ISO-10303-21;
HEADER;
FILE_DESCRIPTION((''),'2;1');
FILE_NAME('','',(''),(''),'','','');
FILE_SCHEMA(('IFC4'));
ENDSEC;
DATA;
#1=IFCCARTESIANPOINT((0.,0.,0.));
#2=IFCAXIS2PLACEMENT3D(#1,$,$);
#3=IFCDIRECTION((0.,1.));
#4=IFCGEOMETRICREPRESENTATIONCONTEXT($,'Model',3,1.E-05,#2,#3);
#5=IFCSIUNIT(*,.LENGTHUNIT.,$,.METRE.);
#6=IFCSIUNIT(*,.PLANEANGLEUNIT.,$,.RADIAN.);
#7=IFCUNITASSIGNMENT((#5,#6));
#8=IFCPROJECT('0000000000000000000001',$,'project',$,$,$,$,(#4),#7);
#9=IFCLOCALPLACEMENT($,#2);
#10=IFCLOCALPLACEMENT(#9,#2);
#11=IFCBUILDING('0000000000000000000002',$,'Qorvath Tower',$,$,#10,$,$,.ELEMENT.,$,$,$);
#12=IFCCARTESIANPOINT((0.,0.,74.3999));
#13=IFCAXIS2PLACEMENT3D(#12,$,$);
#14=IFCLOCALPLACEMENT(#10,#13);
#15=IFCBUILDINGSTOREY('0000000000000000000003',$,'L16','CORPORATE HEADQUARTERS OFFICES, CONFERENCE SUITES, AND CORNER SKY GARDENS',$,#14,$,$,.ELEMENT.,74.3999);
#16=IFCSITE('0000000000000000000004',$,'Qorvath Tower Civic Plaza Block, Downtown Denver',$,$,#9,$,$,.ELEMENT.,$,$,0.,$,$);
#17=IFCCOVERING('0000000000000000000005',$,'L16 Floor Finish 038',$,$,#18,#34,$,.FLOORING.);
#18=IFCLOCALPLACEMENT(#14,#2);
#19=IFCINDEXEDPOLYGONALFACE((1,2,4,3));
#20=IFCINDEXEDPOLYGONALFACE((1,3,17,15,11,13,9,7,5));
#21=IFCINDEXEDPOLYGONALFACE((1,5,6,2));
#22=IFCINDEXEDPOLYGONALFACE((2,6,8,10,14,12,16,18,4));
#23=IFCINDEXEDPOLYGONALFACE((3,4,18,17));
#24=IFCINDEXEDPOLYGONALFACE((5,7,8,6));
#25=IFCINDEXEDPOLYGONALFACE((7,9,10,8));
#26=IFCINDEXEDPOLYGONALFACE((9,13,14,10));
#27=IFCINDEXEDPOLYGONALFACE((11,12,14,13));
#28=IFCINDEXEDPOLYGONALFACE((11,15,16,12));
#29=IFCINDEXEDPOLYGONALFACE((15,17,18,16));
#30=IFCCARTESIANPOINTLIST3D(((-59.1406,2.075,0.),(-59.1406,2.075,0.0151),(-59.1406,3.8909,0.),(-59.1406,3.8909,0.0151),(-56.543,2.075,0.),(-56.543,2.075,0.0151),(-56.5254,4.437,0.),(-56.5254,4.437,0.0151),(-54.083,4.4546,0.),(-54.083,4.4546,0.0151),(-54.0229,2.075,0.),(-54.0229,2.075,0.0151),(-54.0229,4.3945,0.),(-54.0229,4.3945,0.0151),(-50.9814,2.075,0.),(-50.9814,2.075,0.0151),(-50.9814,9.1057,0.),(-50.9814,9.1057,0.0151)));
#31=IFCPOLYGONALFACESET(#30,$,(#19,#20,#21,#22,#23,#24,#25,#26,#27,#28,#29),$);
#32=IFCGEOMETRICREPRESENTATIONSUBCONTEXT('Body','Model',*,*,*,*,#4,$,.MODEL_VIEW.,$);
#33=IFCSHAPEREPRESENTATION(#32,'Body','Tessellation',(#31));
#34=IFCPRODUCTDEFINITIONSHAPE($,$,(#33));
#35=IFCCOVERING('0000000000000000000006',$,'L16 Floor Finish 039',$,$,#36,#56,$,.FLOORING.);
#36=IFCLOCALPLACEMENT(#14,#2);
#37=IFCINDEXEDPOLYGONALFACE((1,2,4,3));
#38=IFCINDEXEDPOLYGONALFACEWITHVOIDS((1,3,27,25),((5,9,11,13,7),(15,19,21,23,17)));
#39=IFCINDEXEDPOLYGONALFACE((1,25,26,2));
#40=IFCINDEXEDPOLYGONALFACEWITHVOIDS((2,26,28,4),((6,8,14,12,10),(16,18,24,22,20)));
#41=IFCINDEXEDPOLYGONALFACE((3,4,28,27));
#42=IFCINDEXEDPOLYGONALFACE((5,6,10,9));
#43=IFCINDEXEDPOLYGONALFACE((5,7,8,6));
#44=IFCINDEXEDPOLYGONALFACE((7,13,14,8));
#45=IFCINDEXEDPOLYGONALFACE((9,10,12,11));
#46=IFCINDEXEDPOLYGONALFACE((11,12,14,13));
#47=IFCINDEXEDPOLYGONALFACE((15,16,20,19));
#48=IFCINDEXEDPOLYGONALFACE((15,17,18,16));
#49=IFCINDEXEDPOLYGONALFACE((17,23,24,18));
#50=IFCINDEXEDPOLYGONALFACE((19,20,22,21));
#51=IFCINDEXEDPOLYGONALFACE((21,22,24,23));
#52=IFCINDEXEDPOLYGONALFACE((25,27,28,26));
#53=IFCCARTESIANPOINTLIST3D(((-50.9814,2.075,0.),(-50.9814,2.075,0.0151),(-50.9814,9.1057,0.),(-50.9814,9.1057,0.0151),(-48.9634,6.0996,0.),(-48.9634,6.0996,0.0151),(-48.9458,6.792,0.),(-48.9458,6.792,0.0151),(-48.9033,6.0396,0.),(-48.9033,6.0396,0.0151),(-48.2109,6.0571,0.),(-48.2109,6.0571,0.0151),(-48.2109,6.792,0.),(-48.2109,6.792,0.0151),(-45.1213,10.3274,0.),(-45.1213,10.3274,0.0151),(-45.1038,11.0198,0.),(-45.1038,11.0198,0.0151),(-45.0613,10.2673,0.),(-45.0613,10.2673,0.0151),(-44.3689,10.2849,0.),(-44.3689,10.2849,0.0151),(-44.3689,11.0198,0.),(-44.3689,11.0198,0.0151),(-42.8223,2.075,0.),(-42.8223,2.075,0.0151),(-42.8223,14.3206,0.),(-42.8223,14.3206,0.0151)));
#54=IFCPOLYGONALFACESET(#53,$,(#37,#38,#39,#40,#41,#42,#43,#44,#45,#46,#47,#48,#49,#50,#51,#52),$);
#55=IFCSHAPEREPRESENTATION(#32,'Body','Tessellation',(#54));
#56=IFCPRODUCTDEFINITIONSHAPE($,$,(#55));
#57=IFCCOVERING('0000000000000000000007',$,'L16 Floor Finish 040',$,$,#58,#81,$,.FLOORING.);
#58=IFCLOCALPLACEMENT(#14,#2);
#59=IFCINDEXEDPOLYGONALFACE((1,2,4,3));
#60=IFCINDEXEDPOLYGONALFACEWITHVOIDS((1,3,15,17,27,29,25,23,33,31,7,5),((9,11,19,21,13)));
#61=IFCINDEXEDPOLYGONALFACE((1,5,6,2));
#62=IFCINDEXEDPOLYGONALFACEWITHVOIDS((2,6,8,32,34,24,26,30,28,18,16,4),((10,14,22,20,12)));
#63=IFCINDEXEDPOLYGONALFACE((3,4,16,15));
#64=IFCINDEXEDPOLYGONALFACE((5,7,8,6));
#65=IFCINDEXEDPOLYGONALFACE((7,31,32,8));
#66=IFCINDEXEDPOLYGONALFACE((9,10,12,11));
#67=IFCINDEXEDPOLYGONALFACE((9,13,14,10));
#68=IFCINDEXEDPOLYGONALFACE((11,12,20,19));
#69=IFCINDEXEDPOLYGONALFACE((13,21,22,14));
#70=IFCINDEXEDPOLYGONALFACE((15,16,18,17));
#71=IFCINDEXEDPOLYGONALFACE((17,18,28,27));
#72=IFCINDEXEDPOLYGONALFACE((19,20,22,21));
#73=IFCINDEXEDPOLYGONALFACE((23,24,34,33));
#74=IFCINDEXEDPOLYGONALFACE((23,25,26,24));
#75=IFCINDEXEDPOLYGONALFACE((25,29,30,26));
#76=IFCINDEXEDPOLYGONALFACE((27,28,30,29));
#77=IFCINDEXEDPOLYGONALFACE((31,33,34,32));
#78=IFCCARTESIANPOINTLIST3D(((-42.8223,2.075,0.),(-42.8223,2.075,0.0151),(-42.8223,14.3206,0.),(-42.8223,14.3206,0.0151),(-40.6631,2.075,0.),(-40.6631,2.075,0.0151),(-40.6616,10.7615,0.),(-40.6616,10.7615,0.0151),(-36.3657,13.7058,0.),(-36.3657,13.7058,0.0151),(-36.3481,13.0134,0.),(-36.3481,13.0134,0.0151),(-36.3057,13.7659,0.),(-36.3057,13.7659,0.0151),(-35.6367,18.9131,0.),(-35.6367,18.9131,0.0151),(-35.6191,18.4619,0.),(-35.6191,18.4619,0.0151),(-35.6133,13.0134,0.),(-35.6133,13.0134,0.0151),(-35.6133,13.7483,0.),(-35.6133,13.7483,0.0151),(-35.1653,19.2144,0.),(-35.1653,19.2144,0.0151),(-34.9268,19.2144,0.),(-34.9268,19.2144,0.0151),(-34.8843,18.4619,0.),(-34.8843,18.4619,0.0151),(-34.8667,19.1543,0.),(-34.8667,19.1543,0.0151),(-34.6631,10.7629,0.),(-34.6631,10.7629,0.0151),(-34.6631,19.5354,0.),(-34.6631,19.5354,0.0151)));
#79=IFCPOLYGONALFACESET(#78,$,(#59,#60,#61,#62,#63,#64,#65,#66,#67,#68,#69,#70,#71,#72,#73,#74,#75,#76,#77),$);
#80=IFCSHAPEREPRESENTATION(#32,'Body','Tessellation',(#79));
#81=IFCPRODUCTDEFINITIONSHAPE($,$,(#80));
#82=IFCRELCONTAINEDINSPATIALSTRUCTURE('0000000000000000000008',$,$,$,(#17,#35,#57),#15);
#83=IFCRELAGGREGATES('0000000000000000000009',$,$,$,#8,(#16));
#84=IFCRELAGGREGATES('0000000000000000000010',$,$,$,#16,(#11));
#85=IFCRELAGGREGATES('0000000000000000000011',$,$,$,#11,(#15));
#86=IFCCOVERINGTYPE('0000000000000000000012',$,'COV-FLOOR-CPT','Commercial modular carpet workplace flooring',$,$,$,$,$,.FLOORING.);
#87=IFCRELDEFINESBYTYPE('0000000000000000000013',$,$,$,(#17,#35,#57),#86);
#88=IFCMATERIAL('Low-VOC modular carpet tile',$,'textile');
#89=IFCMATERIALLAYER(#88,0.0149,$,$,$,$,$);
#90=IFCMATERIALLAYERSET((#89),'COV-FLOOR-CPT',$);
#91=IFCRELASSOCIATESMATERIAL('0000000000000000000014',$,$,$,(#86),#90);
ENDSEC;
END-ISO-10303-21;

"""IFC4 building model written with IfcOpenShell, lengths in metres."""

from ifc_helpers import new_model, si_unit, direction, frame, origin, place, context, subcontext, project, spatial, polyline, outline, extrude, material, layer, layer_set, type_object, element, save


model = new_model("IFC4")

# Units and contexts
model_context = context("Model", 3, precision=1e-05, world=origin(), true_north=direction((0.0, 1.0)))
body_context = subcontext(model_context, "Body", "Model", "MODEL_VIEW")
ifc_project = project(units=[si_unit("LENGTHUNIT", "METRE"), si_unit("PLANEANGLEUNIT", "RADIAN")], contexts=[model_context])

# Site, building, storey
site_placement = place(None, origin())
site = spatial("IfcSite", under=ifc_project, at=site_placement, Name="Qorvath Tower Civic Plaza Block, Downtown Denver", CompositionType="ELEMENT", RefElevation=0.0)
building_placement = place(site_placement, origin())
building = spatial("IfcBuilding", under=site, at=building_placement, Name="Qorvath Tower", CompositionType="ELEMENT")
storey_placement = place(building_placement, frame((0.0, 0.0, 74.3999)))
storey = spatial("IfcBuildingStorey", under=building, at=storey_placement, Name="L16", Description="CORPORATE HEADQUARTERS OFFICES, CONFERENCE SUITES, AND CORNER SKY GARDENS", CompositionType="ELEMENT", Elevation=74.3999)

# Coverings
ifc_material_1 = material(Name="Low-VOC modular carpet tile", Category="textile")
ifc_layer_1 = layer(ifc_material_1, 0.0149)
ifc_layer_set_1 = layer_set([ifc_layer_1], Name="COV-FLOOR-CPT")
covering_type_1 = type_object("IfcCoveringType", Name="COV-FLOOR-CPT", Description="Commercial modular carpet workplace flooring", PredefinedType="FLOORING", material=ifc_layer_set_1)
covering_1_placement = place(storey_placement, origin())
element("IfcCovering", 1, at=covering_1_placement, inside=storey, type_object=covering_type_1, Name="L16 Floor Finish 038", PredefinedType="FLOORING", context=body_context, shape_type="SweptSolid", body=[
    extrude(outline(polyline([(-50.9814, 2.075), (-50.9814, 9.1057), (-59.1406, 3.8909), (-59.1406, 2.075), (-56.543, 2.075), (-56.5254, 4.437), (-54.083, 4.4546), (-54.0229, 4.3945), (-54.0229, 2.075), (-50.9814, 2.075)])), origin(), (0.0, 0.0, 1.0), 0.0151),
])
covering_2_placement = place(storey_placement, origin())
element("IfcCovering", 2, at=covering_2_placement, inside=storey, type_object=covering_type_1, Name="L16 Floor Finish 039", PredefinedType="FLOORING", context=body_context, shape_type="SweptSolid", body=[
    extrude(outline(polyline([(-42.8223, 2.075), (-42.8223, 14.3206), (-50.9814, 9.1057), (-50.9814, 2.075), (-42.8223, 2.075)]), holes=[polyline([(-45.1213, 10.3274), (-45.1038, 11.0198), (-44.3689, 11.0198), (-44.3689, 10.2849), (-45.0613, 10.2673), (-45.1213, 10.3274)]), polyline([(-48.9634, 6.0996), (-48.9458, 6.792), (-48.2109, 6.792), (-48.2109, 6.0571), (-48.9033, 6.0396), (-48.9634, 6.0996)])]), origin(), (0.0, 0.0, 1.0), 0.0151),
])
covering_3_placement = place(storey_placement, origin())
element("IfcCovering", 3, at=covering_3_placement, inside=storey, type_object=covering_type_1, Name="L16 Floor Finish 040", PredefinedType="FLOORING", context=body_context, shape_type="SweptSolid", body=[
    extrude(outline(polyline([(-34.6631, 10.7629), (-34.6631, 19.5354), (-35.1653, 19.2144), (-34.9268, 19.2144), (-34.8667, 19.1543), (-34.8843, 18.4619), (-35.6191, 18.4619), (-35.6367, 18.9131), (-42.8223, 14.3206), (-42.8223, 2.075), (-40.6631, 2.075), (-40.6616, 10.7615), (-34.6631, 10.7629)]), holes=[polyline([(-36.3657, 13.7058), (-36.3057, 13.7659), (-35.6133, 13.7483), (-35.6133, 13.0134), (-36.3481, 13.0134), (-36.3657, 13.7058)])]), origin(), (0.0, 0.0, 1.0), 0.0151),
])

save(model, "model.ifc")
